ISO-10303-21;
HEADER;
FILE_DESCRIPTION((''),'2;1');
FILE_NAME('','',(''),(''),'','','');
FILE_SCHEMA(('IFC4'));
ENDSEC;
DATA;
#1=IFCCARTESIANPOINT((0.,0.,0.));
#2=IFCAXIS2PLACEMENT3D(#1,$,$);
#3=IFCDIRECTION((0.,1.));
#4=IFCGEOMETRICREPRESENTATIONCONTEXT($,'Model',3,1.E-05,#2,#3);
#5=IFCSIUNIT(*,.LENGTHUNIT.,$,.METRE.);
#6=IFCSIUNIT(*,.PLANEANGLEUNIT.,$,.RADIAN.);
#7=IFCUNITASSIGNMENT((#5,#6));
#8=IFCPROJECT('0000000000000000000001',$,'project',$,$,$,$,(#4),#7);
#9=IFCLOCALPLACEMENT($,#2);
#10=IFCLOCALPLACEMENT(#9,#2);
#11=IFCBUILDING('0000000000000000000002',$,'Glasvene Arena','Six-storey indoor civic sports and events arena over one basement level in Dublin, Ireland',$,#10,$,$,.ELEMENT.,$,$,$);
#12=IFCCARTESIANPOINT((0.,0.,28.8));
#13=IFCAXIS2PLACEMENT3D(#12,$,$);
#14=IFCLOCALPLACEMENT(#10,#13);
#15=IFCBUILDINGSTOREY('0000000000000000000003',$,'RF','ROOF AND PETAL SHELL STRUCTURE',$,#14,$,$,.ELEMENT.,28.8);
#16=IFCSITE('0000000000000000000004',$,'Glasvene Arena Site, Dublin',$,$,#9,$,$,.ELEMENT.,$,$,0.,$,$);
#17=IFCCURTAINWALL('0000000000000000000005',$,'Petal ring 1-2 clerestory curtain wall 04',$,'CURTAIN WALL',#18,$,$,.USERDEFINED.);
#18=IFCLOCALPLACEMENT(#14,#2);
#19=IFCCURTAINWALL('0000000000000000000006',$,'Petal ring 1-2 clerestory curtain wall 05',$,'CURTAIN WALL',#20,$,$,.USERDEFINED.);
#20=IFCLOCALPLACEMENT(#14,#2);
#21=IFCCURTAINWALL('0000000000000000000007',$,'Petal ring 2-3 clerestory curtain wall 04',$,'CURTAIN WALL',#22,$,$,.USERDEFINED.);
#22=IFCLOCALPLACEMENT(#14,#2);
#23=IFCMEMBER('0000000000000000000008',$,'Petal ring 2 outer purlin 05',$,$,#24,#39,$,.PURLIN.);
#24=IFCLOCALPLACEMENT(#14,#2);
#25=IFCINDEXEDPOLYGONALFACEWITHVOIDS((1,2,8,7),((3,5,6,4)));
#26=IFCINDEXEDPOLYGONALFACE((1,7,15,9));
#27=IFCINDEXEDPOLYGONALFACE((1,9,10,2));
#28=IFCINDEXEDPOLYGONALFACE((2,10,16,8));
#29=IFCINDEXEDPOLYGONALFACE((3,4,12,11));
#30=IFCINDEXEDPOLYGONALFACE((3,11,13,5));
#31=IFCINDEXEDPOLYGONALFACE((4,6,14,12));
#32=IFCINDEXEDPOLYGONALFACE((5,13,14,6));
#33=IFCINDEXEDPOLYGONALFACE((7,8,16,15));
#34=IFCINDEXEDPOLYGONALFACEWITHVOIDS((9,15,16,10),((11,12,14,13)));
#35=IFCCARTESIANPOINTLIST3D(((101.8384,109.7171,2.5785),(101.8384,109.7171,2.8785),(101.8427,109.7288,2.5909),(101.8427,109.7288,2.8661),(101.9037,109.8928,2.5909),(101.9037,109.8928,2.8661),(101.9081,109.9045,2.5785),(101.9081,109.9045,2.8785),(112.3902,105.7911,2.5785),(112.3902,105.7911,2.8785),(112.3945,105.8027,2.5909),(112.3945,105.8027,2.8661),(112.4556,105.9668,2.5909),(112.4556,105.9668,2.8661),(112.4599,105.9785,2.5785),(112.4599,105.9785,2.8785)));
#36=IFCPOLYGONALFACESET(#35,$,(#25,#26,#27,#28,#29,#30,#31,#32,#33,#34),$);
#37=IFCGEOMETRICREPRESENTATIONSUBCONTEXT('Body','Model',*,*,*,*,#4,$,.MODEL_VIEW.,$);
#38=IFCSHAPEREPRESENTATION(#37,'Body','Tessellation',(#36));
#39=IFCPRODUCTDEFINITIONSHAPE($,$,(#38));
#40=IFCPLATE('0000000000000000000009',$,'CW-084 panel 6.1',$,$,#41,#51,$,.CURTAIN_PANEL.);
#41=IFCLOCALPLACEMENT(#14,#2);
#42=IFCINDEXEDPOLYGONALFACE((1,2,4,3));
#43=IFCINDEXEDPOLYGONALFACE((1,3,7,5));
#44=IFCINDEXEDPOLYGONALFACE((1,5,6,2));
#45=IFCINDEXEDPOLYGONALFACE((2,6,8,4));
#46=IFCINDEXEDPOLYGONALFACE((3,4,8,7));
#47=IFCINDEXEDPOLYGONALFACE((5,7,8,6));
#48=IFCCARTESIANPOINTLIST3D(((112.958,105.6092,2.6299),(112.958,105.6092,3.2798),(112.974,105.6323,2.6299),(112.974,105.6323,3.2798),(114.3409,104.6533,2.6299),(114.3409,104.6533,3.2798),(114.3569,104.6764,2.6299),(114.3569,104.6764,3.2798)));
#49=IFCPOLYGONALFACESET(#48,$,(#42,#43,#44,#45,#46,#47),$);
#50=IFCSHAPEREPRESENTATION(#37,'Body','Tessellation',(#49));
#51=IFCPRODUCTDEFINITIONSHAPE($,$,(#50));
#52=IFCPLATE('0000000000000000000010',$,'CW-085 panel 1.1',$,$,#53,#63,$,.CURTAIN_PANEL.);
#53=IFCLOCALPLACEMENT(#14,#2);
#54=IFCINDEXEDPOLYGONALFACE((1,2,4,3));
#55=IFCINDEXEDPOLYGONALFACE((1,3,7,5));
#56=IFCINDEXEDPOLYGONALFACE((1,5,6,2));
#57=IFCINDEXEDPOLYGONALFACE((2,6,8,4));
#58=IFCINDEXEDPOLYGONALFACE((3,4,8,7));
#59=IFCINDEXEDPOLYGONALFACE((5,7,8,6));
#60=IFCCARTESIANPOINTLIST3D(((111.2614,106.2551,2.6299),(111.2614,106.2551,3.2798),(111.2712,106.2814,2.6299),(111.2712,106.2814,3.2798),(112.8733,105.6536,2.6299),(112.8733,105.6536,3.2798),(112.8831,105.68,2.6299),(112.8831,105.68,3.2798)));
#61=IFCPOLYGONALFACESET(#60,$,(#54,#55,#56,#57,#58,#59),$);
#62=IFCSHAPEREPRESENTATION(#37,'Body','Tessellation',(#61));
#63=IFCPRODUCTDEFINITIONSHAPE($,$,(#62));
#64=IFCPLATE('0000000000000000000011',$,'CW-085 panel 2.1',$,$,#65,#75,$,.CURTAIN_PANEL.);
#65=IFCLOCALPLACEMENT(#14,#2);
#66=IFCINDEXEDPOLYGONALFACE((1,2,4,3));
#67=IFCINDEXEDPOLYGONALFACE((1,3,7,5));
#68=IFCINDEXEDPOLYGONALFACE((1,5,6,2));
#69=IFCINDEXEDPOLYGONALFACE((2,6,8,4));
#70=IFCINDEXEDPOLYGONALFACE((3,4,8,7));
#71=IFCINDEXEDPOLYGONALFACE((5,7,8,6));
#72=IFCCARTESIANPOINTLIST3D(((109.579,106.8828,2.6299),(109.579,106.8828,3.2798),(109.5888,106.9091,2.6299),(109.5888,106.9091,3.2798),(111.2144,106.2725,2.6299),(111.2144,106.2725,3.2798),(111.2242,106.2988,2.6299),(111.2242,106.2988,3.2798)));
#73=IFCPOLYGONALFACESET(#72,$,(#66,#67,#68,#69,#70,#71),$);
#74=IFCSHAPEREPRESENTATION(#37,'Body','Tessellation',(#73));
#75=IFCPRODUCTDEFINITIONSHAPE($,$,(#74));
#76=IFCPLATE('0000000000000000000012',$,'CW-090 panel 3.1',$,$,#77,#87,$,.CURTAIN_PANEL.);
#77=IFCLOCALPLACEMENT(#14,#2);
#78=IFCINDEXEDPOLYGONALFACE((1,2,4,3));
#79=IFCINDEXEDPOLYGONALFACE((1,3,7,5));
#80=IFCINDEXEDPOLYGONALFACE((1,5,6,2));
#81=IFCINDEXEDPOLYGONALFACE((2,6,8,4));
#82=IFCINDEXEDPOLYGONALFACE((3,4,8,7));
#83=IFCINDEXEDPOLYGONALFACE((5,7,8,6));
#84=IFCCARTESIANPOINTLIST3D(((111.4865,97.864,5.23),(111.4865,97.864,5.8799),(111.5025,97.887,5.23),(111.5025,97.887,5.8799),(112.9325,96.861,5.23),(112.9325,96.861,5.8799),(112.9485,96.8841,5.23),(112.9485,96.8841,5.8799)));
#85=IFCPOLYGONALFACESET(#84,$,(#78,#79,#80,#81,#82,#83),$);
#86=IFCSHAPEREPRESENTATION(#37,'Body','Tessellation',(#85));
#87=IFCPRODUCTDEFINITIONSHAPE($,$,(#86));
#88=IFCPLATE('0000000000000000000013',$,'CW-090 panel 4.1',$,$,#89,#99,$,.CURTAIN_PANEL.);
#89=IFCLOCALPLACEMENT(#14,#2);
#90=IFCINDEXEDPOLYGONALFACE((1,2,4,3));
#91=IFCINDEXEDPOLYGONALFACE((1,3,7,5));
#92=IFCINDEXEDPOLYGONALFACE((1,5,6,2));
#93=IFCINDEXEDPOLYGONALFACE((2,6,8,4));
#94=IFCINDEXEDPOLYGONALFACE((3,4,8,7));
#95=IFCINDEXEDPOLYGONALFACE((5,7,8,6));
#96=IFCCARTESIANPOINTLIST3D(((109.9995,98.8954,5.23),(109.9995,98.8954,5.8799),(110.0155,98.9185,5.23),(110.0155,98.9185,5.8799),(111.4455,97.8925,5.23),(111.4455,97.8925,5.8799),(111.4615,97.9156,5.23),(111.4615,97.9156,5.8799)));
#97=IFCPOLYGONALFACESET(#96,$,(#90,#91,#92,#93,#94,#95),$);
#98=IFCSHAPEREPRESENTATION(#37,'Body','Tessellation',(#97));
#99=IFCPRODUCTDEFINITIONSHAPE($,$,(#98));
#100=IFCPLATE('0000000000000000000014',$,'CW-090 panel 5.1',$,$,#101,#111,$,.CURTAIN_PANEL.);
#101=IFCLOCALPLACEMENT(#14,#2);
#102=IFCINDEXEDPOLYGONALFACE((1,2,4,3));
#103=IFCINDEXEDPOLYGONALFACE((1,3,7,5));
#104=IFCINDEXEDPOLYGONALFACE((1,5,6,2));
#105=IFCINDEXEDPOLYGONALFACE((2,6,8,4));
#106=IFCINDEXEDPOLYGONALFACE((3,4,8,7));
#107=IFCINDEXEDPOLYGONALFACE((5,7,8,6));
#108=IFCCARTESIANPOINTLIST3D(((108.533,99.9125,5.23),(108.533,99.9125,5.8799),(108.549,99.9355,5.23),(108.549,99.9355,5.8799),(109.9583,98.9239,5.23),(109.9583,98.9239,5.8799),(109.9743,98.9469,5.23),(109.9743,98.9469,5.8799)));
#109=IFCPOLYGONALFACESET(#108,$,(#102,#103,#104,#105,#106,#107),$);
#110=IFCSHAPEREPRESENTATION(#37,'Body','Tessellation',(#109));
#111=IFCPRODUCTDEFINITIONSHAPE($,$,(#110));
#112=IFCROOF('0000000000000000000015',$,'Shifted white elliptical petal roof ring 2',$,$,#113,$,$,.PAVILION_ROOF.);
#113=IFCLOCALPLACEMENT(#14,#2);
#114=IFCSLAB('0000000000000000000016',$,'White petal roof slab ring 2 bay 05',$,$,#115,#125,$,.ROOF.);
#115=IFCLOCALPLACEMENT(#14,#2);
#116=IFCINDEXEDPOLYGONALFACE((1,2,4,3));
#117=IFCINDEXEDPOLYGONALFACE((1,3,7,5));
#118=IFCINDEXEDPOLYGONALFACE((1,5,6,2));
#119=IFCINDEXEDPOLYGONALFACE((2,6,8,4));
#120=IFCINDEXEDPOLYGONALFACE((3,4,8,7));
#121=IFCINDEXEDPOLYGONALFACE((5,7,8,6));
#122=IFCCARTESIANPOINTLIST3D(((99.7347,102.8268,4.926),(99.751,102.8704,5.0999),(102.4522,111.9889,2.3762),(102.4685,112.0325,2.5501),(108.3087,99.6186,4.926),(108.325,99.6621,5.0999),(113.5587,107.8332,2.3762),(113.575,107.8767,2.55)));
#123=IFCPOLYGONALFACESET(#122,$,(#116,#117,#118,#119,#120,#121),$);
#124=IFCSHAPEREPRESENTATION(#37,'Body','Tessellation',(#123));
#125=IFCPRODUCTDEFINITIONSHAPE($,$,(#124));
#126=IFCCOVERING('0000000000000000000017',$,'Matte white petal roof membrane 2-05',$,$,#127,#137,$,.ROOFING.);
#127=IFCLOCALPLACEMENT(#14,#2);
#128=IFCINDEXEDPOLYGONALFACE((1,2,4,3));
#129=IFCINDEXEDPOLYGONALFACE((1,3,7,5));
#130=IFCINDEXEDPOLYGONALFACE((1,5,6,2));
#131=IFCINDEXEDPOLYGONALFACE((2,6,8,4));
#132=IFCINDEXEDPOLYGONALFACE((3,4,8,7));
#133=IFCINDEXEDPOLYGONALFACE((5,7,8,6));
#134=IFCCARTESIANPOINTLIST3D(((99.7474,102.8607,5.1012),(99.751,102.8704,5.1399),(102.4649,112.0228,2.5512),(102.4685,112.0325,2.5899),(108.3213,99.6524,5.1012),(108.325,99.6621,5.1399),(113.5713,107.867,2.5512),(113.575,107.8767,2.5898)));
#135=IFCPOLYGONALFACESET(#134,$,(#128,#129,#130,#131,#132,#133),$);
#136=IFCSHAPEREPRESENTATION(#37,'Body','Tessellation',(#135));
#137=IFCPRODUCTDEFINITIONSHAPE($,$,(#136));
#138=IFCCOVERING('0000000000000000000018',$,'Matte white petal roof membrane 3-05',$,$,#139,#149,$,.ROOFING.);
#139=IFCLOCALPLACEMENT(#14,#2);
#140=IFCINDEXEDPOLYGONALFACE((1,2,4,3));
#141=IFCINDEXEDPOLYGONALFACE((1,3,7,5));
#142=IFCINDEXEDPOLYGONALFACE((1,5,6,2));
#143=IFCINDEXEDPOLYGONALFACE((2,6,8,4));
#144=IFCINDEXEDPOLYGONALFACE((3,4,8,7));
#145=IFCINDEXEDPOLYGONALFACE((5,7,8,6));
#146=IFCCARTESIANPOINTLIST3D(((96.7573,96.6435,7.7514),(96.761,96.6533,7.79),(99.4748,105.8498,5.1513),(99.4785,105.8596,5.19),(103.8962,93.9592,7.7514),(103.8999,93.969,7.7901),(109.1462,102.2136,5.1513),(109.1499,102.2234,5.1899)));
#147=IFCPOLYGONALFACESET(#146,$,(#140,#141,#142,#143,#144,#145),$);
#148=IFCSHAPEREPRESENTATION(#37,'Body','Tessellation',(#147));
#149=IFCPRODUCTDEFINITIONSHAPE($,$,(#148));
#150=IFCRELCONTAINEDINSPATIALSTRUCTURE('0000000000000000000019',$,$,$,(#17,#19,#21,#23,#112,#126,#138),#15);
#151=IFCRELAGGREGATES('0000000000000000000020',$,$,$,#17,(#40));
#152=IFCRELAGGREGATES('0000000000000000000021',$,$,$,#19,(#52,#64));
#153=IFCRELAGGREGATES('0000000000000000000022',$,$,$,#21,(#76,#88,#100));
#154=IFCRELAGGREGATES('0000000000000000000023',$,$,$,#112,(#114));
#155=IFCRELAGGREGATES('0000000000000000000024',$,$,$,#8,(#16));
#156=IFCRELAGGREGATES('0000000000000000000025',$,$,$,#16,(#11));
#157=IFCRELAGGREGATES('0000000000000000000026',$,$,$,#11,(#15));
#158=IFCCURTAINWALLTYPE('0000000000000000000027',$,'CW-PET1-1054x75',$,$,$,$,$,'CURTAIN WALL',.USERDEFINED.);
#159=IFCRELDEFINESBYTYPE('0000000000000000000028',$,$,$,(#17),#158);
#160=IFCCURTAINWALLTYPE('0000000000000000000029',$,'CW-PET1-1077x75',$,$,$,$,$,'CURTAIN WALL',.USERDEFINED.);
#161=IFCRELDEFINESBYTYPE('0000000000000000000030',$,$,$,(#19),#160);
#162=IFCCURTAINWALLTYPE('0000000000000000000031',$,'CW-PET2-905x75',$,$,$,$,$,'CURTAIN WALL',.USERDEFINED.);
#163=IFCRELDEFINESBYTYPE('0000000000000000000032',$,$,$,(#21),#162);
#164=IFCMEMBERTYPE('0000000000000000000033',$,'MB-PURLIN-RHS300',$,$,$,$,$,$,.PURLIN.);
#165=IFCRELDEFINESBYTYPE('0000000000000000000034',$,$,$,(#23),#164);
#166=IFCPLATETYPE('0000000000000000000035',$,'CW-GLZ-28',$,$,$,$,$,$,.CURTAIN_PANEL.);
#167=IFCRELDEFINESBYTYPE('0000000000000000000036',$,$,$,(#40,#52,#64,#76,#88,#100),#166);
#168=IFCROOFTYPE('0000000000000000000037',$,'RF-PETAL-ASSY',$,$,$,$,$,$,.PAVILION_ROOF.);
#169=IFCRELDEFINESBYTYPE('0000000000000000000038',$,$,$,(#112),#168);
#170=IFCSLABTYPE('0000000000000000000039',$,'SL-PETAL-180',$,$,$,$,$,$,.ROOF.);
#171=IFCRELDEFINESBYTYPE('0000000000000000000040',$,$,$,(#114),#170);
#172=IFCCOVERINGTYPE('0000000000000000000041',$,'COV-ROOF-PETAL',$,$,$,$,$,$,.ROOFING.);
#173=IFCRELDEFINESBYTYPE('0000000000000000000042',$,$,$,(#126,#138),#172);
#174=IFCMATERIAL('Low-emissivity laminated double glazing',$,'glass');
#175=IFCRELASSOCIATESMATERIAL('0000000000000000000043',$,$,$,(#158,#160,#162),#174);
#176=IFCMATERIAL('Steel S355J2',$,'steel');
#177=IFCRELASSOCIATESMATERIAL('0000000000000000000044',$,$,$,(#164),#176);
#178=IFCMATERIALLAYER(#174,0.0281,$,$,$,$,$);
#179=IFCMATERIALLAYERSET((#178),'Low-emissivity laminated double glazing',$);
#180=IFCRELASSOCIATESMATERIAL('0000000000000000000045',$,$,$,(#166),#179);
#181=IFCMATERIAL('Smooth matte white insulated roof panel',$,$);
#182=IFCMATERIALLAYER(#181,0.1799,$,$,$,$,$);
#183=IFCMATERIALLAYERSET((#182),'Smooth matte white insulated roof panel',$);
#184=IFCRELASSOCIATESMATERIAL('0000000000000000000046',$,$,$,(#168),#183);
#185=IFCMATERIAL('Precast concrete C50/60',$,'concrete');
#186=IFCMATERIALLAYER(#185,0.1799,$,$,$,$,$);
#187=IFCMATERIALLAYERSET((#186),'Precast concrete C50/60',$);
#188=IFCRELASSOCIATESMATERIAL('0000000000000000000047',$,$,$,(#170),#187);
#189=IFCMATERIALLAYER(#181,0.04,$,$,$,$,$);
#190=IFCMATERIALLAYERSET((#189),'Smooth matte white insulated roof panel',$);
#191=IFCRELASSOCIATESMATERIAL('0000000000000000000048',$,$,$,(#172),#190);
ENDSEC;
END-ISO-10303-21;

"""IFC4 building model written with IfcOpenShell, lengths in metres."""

from ifc_helpers import new_model, si_unit, direction, frame, origin, origin_2d, place, context, subcontext, project, spatial, polyline, rectangle, hollow_rectangle, outline, extrude, material, layer, layer_set, material_profile, profile_set, type_object, element, aggregate, save


model = new_model("IFC4")

# Units and contexts
model_context = context("Model", 3, precision=1e-05, world=origin(), true_north=direction((0.0, 1.0)))
body_context = subcontext(model_context, "Body", "Model", "MODEL_VIEW")
ifc_project = project(units=[si_unit("LENGTHUNIT", "METRE"), si_unit("PLANEANGLEUNIT", "RADIAN")], contexts=[model_context])

# Site, building, storey
site_placement = place(None, origin())
site = spatial("IfcSite", under=ifc_project, at=site_placement, Name="Glasvene Arena Site, Dublin", CompositionType="ELEMENT", RefElevation=0.0)
building_placement = place(site_placement, origin())
building = spatial("IfcBuilding", under=site, at=building_placement, Name="Glasvene Arena", Description="Six-storey indoor civic sports and events arena over one basement level in Dublin, Ireland", CompositionType="ELEMENT")
storey_placement = place(building_placement, frame((0.0, 0.0, 28.8)))
storey = spatial("IfcBuildingStorey", under=building, at=storey_placement, Name="RF", Description="ROOF AND PETAL SHELL STRUCTURE", CompositionType="ELEMENT", Elevation=28.8)

# Curtain walls
ifc_material_1 = material(Name="Low-emissivity laminated double glazing", Category="glass")
curtain_wall_type_1 = type_object("IfcCurtainWallType", Name="CW-PET1-1054x75", ElementType="CURTAIN WALL", PredefinedType="USERDEFINED", material=ifc_material_1)
curtain_wall_1_placement = place(storey_placement, frame((121.5923, 99.658, 0.0)))
curtain_wall_1 = element("IfcCurtainWall", 1, at=curtain_wall_1_placement, inside=storey, type_object=curtain_wall_type_1, Name="Petal ring 1-2 clerestory curtain wall 04", ObjectType="CURTAIN WALL", PredefinedType="USERDEFINED")
curtain_wall_type_2 = type_object("IfcCurtainWallType", Name="CW-PET1-1077x75", ElementType="CURTAIN WALL", PredefinedType="USERDEFINED", material=ifc_material_1)
curtain_wall_2_placement = place(storey_placement, frame((112.925, 105.6492, 0.0)))
curtain_wall_2 = element("IfcCurtainWall", 2, at=curtain_wall_2_placement, inside=storey, type_object=curtain_wall_type_2, Name="Petal ring 1-2 clerestory curtain wall 05", ObjectType="CURTAIN WALL", PredefinedType="USERDEFINED")
curtain_wall_type_3 = type_object("IfcCurtainWallType", Name="CW-PET2-905x75", ElementType="CURTAIN WALL", PredefinedType="USERDEFINED", material=ifc_material_1)
curtain_wall_3_placement = place(storey_placement, frame((115.9351, 94.7957, 0.0)))
curtain_wall_3 = element("IfcCurtainWall", 3, at=curtain_wall_3_placement, inside=storey, type_object=curtain_wall_type_3, Name="Petal ring 2-3 clerestory curtain wall 04", ObjectType="CURTAIN WALL", PredefinedType="USERDEFINED")

# Member
ifc_material_2 = material(Name="Steel S355J2", Category="steel")
ifc_material_profile_1 = material_profile(ifc_material_2, hollow_rectangle(XDim=0.2, YDim=0.3, WallThickness=0.0125, at=origin_2d()), Name="RHS 300x200x12.5")
ifc_profile_set_1 = profile_set([ifc_material_profile_1], Name="Steel S355J2")
member_type_1 = type_object("IfcMemberType", Name="MB-PURLIN-RHS300", PredefinedType="PURLIN", material=ifc_profile_set_1)
member_1_placement = place(storey_placement, frame((112.425, 105.8848, 2.7285), z_axis=(-0.937228, 0.348717, 0.0), x_axis=(-0.348717, -0.937228, 0.0)))
element("IfcMember", 4, at=member_1_placement, inside=storey, type_object=member_type_1, Name="Petal ring 2 outer purlin 05", PredefinedType="PURLIN", context=body_context, shape_type="SweptSolid", body=[
    extrude(hollow_rectangle(XDim=0.2, YDim=0.3, WallThickness=0.0125, at=origin_2d()), origin(), (0.0, 0.0, 1.0), 11.2585),
])

# Plates
ifc_layer_1 = layer(ifc_material_1, 0.0281)
ifc_layer_set_1 = layer_set([ifc_layer_1], Name="Low-emissivity laminated double glazing")
plate_type = type_object("IfcPlateType", Name="CW-GLZ-28", PredefinedType="CURTAIN_PANEL", material=ifc_layer_set_1)
plate_1_placement = place(storey_placement, frame((113.6575, 105.1428, 2.6299), z_axis=(0.0, 0.0, 1.0), x_axis=(-0.822601, 0.568619, 0.0)))
plate_1 = element("IfcPlate", 5, at=plate_1_placement, type_object=plate_type, Name="CW-084 panel 6.1", PredefinedType="CURTAIN_PANEL", context=body_context, shape_type="SweptSolid", body=[
    extrude(rectangle(XDim=1.6812, YDim=0.0281, at=origin_2d()), origin(), (0.0, 0.0, 1.0), 0.6499),
])
aggregate(curtain_wall_1, [plate_1])
plate_2_placement = place(storey_placement, frame((112.0723, 105.9675, 2.6299), z_axis=(0.0, 0.0, 1.0), x_axis=(-0.936902, 0.349591, 0.0)))
plate_2 = element("IfcPlate", 6, at=plate_2_placement, type_object=plate_type, Name="CW-085 panel 1.1", PredefinedType="CURTAIN_PANEL", context=body_context, shape_type="SweptSolid", body=[
    extrude(rectangle(XDim=1.7205, YDim=0.0281, at=origin_2d()), origin(), (0.0, 0.0, 1.0), 0.6499),
])
plate_3_placement = place(storey_placement, frame((110.4016, 106.5908, 2.6299), z_axis=(0.0, 0.0, 1.0), x_axis=(-0.936902, 0.349591, 0.0)))
plate_3 = element("IfcPlate", 7, at=plate_3_placement, type_object=plate_type, Name="CW-085 panel 2.1", PredefinedType="CURTAIN_PANEL", context=body_context, shape_type="SweptSolid", body=[
    extrude(rectangle(XDim=1.7456, YDim=0.0281, at=origin_2d()), origin(), (0.0, 0.0, 1.0), 0.6499),
])
aggregate(curtain_wall_2, [plate_2, plate_3])
plate_4_placement = place(storey_placement, frame((112.2175, 97.374, 5.23), z_axis=(0.0, 0.0, 1.0), x_axis=(-0.821699, 0.569921, 0.0)))
plate_4 = element("IfcPlate", 8, at=plate_4_placement, type_object=plate_type, Name="CW-090 panel 3.1", PredefinedType="CURTAIN_PANEL", context=body_context, shape_type="SweptSolid", body=[
    extrude(rectangle(XDim=1.7598, YDim=0.0281, at=origin_2d()), origin(), (0.0, 0.0, 1.0), 0.6499),
])
plate_5_placement = place(storey_placement, frame((110.7305, 98.4055, 5.23), z_axis=(0.0, 0.0, 1.0), x_axis=(-0.821699, 0.569921, 0.0)))
plate_5 = element("IfcPlate", 9, at=plate_5_placement, type_object=plate_type, Name="CW-090 panel 4.1", PredefinedType="CURTAIN_PANEL", context=body_context, shape_type="SweptSolid", body=[
    extrude(rectangle(XDim=1.7598, YDim=0.0281, at=origin_2d()), origin(), (0.0, 0.0, 1.0), 0.6499),
])
plate_6_placement = place(storey_placement, frame((109.2537, 99.4297, 5.23), z_axis=(0.0, 0.0, 1.0), x_axis=(-0.821699, 0.569921, 0.0)))
plate_6 = element("IfcPlate", 10, at=plate_6_placement, type_object=plate_type, Name="CW-090 panel 5.1", PredefinedType="CURTAIN_PANEL", context=body_context, shape_type="SweptSolid", body=[
    extrude(rectangle(XDim=1.7346, YDim=0.0281, at=origin_2d()), origin(), (0.0, 0.0, 1.0), 0.6499),
])
aggregate(curtain_wall_3, [plate_4, plate_5, plate_6])

# Roof, slab
ifc_material_3 = material(Name="Smooth matte white insulated roof panel")
ifc_layer_2 = layer(ifc_material_3, 0.1799)
ifc_layer_set_2 = layer_set([ifc_layer_2], Name="Smooth matte white insulated roof panel")
roof_type = type_object("IfcRoofType", Name="RF-PETAL-ASSY", PredefinedType="PAVILION_ROOF", material=ifc_layer_set_2)
roof_placement = place(storey_placement, frame((90.55, 71.8501, 2.55)))
roof = element("IfcRoof", 11, at=roof_placement, inside=storey, type_object=roof_type, Name="Shifted white elliptical petal roof ring 2", PredefinedType="PAVILION_ROOF")
ifc_material_4 = material(Name="Precast concrete C50/60", Category="concrete")
ifc_layer_3 = layer(ifc_material_4, 0.1799)
ifc_layer_set_3 = layer_set([ifc_layer_3], Name="Precast concrete C50/60")
slab_type = type_object("IfcSlabType", Name="SL-PETAL-180", PredefinedType="ROOF", material=ifc_layer_set_3)
slab_placement = place(storey_placement, frame((113.575, 107.8767, 2.55), z_axis=(0.090548, 0.241991, 0.966044), x_axis=(-0.936583, 0.350447, 0.000001)))
slab = element("IfcSlab", 12, at=slab_placement, type_object=slab_type, Name="White petal roof slab ring 2 bay 05", PredefinedType="ROOF", context=body_context, shape_type="SweptSolid", body=[
    extrude(outline(polyline([(0.0, 0.0), (11.8585, 0.0), (11.1928, 9.8685), (2.0383, 9.8686), (0.0, 0.0)])), origin(), (0.0, 0.0, -1.0), 0.1799),
])
aggregate(roof, [slab])

# Coverings
ifc_layer_4 = layer(ifc_material_3, 0.04)
ifc_layer_set_4 = layer_set([ifc_layer_4], Name="Smooth matte white insulated roof panel")
covering_type = type_object("IfcCoveringType", Name="COV-ROOF-PETAL", PredefinedType="ROOFING", material=ifc_layer_set_4)
covering_1_placement = place(storey_placement, frame((113.575, 107.8767, 2.5898), z_axis=(0.090556, 0.242012, 0.966038), x_axis=(-0.936583, 0.350447, 0.000001)))
element("IfcCovering", 13, at=covering_1_placement, inside=storey, type_object=covering_type, Name="Matte white petal roof membrane 2-05", PredefinedType="ROOFING", context=body_context, shape_type="SweptSolid", body=[
    extrude(outline(polyline([(0.0, 0.0), (11.8585, 0.0), (11.1928, 9.8686), (2.0383, 9.8687), (0.0, 0.0)])), origin(), (0.0, 0.0, -1.0), 0.04),
])
covering_2_placement = place(storey_placement, frame((109.1499, 102.2234, 5.1899), z_axis=(0.092239, 0.245322, 0.965043), x_axis=(-0.936027, 0.351927, 0.000003)))
element("IfcCovering", 14, at=covering_2_placement, inside=storey, type_object=covering_type, Name="Matte white petal roof membrane 3-05", PredefinedType="ROOFING", context=body_context, shape_type="SweptSolid", body=[
    extrude(outline(polyline([(0.0, 0.0), (10.3324, 0.0), (9.6361, 9.9205), (2.0092, 9.9207), (0.0, 0.0)])), origin(), (0.0, 0.0, -1.0), 0.04),
])

save(model, "model.ifc")
